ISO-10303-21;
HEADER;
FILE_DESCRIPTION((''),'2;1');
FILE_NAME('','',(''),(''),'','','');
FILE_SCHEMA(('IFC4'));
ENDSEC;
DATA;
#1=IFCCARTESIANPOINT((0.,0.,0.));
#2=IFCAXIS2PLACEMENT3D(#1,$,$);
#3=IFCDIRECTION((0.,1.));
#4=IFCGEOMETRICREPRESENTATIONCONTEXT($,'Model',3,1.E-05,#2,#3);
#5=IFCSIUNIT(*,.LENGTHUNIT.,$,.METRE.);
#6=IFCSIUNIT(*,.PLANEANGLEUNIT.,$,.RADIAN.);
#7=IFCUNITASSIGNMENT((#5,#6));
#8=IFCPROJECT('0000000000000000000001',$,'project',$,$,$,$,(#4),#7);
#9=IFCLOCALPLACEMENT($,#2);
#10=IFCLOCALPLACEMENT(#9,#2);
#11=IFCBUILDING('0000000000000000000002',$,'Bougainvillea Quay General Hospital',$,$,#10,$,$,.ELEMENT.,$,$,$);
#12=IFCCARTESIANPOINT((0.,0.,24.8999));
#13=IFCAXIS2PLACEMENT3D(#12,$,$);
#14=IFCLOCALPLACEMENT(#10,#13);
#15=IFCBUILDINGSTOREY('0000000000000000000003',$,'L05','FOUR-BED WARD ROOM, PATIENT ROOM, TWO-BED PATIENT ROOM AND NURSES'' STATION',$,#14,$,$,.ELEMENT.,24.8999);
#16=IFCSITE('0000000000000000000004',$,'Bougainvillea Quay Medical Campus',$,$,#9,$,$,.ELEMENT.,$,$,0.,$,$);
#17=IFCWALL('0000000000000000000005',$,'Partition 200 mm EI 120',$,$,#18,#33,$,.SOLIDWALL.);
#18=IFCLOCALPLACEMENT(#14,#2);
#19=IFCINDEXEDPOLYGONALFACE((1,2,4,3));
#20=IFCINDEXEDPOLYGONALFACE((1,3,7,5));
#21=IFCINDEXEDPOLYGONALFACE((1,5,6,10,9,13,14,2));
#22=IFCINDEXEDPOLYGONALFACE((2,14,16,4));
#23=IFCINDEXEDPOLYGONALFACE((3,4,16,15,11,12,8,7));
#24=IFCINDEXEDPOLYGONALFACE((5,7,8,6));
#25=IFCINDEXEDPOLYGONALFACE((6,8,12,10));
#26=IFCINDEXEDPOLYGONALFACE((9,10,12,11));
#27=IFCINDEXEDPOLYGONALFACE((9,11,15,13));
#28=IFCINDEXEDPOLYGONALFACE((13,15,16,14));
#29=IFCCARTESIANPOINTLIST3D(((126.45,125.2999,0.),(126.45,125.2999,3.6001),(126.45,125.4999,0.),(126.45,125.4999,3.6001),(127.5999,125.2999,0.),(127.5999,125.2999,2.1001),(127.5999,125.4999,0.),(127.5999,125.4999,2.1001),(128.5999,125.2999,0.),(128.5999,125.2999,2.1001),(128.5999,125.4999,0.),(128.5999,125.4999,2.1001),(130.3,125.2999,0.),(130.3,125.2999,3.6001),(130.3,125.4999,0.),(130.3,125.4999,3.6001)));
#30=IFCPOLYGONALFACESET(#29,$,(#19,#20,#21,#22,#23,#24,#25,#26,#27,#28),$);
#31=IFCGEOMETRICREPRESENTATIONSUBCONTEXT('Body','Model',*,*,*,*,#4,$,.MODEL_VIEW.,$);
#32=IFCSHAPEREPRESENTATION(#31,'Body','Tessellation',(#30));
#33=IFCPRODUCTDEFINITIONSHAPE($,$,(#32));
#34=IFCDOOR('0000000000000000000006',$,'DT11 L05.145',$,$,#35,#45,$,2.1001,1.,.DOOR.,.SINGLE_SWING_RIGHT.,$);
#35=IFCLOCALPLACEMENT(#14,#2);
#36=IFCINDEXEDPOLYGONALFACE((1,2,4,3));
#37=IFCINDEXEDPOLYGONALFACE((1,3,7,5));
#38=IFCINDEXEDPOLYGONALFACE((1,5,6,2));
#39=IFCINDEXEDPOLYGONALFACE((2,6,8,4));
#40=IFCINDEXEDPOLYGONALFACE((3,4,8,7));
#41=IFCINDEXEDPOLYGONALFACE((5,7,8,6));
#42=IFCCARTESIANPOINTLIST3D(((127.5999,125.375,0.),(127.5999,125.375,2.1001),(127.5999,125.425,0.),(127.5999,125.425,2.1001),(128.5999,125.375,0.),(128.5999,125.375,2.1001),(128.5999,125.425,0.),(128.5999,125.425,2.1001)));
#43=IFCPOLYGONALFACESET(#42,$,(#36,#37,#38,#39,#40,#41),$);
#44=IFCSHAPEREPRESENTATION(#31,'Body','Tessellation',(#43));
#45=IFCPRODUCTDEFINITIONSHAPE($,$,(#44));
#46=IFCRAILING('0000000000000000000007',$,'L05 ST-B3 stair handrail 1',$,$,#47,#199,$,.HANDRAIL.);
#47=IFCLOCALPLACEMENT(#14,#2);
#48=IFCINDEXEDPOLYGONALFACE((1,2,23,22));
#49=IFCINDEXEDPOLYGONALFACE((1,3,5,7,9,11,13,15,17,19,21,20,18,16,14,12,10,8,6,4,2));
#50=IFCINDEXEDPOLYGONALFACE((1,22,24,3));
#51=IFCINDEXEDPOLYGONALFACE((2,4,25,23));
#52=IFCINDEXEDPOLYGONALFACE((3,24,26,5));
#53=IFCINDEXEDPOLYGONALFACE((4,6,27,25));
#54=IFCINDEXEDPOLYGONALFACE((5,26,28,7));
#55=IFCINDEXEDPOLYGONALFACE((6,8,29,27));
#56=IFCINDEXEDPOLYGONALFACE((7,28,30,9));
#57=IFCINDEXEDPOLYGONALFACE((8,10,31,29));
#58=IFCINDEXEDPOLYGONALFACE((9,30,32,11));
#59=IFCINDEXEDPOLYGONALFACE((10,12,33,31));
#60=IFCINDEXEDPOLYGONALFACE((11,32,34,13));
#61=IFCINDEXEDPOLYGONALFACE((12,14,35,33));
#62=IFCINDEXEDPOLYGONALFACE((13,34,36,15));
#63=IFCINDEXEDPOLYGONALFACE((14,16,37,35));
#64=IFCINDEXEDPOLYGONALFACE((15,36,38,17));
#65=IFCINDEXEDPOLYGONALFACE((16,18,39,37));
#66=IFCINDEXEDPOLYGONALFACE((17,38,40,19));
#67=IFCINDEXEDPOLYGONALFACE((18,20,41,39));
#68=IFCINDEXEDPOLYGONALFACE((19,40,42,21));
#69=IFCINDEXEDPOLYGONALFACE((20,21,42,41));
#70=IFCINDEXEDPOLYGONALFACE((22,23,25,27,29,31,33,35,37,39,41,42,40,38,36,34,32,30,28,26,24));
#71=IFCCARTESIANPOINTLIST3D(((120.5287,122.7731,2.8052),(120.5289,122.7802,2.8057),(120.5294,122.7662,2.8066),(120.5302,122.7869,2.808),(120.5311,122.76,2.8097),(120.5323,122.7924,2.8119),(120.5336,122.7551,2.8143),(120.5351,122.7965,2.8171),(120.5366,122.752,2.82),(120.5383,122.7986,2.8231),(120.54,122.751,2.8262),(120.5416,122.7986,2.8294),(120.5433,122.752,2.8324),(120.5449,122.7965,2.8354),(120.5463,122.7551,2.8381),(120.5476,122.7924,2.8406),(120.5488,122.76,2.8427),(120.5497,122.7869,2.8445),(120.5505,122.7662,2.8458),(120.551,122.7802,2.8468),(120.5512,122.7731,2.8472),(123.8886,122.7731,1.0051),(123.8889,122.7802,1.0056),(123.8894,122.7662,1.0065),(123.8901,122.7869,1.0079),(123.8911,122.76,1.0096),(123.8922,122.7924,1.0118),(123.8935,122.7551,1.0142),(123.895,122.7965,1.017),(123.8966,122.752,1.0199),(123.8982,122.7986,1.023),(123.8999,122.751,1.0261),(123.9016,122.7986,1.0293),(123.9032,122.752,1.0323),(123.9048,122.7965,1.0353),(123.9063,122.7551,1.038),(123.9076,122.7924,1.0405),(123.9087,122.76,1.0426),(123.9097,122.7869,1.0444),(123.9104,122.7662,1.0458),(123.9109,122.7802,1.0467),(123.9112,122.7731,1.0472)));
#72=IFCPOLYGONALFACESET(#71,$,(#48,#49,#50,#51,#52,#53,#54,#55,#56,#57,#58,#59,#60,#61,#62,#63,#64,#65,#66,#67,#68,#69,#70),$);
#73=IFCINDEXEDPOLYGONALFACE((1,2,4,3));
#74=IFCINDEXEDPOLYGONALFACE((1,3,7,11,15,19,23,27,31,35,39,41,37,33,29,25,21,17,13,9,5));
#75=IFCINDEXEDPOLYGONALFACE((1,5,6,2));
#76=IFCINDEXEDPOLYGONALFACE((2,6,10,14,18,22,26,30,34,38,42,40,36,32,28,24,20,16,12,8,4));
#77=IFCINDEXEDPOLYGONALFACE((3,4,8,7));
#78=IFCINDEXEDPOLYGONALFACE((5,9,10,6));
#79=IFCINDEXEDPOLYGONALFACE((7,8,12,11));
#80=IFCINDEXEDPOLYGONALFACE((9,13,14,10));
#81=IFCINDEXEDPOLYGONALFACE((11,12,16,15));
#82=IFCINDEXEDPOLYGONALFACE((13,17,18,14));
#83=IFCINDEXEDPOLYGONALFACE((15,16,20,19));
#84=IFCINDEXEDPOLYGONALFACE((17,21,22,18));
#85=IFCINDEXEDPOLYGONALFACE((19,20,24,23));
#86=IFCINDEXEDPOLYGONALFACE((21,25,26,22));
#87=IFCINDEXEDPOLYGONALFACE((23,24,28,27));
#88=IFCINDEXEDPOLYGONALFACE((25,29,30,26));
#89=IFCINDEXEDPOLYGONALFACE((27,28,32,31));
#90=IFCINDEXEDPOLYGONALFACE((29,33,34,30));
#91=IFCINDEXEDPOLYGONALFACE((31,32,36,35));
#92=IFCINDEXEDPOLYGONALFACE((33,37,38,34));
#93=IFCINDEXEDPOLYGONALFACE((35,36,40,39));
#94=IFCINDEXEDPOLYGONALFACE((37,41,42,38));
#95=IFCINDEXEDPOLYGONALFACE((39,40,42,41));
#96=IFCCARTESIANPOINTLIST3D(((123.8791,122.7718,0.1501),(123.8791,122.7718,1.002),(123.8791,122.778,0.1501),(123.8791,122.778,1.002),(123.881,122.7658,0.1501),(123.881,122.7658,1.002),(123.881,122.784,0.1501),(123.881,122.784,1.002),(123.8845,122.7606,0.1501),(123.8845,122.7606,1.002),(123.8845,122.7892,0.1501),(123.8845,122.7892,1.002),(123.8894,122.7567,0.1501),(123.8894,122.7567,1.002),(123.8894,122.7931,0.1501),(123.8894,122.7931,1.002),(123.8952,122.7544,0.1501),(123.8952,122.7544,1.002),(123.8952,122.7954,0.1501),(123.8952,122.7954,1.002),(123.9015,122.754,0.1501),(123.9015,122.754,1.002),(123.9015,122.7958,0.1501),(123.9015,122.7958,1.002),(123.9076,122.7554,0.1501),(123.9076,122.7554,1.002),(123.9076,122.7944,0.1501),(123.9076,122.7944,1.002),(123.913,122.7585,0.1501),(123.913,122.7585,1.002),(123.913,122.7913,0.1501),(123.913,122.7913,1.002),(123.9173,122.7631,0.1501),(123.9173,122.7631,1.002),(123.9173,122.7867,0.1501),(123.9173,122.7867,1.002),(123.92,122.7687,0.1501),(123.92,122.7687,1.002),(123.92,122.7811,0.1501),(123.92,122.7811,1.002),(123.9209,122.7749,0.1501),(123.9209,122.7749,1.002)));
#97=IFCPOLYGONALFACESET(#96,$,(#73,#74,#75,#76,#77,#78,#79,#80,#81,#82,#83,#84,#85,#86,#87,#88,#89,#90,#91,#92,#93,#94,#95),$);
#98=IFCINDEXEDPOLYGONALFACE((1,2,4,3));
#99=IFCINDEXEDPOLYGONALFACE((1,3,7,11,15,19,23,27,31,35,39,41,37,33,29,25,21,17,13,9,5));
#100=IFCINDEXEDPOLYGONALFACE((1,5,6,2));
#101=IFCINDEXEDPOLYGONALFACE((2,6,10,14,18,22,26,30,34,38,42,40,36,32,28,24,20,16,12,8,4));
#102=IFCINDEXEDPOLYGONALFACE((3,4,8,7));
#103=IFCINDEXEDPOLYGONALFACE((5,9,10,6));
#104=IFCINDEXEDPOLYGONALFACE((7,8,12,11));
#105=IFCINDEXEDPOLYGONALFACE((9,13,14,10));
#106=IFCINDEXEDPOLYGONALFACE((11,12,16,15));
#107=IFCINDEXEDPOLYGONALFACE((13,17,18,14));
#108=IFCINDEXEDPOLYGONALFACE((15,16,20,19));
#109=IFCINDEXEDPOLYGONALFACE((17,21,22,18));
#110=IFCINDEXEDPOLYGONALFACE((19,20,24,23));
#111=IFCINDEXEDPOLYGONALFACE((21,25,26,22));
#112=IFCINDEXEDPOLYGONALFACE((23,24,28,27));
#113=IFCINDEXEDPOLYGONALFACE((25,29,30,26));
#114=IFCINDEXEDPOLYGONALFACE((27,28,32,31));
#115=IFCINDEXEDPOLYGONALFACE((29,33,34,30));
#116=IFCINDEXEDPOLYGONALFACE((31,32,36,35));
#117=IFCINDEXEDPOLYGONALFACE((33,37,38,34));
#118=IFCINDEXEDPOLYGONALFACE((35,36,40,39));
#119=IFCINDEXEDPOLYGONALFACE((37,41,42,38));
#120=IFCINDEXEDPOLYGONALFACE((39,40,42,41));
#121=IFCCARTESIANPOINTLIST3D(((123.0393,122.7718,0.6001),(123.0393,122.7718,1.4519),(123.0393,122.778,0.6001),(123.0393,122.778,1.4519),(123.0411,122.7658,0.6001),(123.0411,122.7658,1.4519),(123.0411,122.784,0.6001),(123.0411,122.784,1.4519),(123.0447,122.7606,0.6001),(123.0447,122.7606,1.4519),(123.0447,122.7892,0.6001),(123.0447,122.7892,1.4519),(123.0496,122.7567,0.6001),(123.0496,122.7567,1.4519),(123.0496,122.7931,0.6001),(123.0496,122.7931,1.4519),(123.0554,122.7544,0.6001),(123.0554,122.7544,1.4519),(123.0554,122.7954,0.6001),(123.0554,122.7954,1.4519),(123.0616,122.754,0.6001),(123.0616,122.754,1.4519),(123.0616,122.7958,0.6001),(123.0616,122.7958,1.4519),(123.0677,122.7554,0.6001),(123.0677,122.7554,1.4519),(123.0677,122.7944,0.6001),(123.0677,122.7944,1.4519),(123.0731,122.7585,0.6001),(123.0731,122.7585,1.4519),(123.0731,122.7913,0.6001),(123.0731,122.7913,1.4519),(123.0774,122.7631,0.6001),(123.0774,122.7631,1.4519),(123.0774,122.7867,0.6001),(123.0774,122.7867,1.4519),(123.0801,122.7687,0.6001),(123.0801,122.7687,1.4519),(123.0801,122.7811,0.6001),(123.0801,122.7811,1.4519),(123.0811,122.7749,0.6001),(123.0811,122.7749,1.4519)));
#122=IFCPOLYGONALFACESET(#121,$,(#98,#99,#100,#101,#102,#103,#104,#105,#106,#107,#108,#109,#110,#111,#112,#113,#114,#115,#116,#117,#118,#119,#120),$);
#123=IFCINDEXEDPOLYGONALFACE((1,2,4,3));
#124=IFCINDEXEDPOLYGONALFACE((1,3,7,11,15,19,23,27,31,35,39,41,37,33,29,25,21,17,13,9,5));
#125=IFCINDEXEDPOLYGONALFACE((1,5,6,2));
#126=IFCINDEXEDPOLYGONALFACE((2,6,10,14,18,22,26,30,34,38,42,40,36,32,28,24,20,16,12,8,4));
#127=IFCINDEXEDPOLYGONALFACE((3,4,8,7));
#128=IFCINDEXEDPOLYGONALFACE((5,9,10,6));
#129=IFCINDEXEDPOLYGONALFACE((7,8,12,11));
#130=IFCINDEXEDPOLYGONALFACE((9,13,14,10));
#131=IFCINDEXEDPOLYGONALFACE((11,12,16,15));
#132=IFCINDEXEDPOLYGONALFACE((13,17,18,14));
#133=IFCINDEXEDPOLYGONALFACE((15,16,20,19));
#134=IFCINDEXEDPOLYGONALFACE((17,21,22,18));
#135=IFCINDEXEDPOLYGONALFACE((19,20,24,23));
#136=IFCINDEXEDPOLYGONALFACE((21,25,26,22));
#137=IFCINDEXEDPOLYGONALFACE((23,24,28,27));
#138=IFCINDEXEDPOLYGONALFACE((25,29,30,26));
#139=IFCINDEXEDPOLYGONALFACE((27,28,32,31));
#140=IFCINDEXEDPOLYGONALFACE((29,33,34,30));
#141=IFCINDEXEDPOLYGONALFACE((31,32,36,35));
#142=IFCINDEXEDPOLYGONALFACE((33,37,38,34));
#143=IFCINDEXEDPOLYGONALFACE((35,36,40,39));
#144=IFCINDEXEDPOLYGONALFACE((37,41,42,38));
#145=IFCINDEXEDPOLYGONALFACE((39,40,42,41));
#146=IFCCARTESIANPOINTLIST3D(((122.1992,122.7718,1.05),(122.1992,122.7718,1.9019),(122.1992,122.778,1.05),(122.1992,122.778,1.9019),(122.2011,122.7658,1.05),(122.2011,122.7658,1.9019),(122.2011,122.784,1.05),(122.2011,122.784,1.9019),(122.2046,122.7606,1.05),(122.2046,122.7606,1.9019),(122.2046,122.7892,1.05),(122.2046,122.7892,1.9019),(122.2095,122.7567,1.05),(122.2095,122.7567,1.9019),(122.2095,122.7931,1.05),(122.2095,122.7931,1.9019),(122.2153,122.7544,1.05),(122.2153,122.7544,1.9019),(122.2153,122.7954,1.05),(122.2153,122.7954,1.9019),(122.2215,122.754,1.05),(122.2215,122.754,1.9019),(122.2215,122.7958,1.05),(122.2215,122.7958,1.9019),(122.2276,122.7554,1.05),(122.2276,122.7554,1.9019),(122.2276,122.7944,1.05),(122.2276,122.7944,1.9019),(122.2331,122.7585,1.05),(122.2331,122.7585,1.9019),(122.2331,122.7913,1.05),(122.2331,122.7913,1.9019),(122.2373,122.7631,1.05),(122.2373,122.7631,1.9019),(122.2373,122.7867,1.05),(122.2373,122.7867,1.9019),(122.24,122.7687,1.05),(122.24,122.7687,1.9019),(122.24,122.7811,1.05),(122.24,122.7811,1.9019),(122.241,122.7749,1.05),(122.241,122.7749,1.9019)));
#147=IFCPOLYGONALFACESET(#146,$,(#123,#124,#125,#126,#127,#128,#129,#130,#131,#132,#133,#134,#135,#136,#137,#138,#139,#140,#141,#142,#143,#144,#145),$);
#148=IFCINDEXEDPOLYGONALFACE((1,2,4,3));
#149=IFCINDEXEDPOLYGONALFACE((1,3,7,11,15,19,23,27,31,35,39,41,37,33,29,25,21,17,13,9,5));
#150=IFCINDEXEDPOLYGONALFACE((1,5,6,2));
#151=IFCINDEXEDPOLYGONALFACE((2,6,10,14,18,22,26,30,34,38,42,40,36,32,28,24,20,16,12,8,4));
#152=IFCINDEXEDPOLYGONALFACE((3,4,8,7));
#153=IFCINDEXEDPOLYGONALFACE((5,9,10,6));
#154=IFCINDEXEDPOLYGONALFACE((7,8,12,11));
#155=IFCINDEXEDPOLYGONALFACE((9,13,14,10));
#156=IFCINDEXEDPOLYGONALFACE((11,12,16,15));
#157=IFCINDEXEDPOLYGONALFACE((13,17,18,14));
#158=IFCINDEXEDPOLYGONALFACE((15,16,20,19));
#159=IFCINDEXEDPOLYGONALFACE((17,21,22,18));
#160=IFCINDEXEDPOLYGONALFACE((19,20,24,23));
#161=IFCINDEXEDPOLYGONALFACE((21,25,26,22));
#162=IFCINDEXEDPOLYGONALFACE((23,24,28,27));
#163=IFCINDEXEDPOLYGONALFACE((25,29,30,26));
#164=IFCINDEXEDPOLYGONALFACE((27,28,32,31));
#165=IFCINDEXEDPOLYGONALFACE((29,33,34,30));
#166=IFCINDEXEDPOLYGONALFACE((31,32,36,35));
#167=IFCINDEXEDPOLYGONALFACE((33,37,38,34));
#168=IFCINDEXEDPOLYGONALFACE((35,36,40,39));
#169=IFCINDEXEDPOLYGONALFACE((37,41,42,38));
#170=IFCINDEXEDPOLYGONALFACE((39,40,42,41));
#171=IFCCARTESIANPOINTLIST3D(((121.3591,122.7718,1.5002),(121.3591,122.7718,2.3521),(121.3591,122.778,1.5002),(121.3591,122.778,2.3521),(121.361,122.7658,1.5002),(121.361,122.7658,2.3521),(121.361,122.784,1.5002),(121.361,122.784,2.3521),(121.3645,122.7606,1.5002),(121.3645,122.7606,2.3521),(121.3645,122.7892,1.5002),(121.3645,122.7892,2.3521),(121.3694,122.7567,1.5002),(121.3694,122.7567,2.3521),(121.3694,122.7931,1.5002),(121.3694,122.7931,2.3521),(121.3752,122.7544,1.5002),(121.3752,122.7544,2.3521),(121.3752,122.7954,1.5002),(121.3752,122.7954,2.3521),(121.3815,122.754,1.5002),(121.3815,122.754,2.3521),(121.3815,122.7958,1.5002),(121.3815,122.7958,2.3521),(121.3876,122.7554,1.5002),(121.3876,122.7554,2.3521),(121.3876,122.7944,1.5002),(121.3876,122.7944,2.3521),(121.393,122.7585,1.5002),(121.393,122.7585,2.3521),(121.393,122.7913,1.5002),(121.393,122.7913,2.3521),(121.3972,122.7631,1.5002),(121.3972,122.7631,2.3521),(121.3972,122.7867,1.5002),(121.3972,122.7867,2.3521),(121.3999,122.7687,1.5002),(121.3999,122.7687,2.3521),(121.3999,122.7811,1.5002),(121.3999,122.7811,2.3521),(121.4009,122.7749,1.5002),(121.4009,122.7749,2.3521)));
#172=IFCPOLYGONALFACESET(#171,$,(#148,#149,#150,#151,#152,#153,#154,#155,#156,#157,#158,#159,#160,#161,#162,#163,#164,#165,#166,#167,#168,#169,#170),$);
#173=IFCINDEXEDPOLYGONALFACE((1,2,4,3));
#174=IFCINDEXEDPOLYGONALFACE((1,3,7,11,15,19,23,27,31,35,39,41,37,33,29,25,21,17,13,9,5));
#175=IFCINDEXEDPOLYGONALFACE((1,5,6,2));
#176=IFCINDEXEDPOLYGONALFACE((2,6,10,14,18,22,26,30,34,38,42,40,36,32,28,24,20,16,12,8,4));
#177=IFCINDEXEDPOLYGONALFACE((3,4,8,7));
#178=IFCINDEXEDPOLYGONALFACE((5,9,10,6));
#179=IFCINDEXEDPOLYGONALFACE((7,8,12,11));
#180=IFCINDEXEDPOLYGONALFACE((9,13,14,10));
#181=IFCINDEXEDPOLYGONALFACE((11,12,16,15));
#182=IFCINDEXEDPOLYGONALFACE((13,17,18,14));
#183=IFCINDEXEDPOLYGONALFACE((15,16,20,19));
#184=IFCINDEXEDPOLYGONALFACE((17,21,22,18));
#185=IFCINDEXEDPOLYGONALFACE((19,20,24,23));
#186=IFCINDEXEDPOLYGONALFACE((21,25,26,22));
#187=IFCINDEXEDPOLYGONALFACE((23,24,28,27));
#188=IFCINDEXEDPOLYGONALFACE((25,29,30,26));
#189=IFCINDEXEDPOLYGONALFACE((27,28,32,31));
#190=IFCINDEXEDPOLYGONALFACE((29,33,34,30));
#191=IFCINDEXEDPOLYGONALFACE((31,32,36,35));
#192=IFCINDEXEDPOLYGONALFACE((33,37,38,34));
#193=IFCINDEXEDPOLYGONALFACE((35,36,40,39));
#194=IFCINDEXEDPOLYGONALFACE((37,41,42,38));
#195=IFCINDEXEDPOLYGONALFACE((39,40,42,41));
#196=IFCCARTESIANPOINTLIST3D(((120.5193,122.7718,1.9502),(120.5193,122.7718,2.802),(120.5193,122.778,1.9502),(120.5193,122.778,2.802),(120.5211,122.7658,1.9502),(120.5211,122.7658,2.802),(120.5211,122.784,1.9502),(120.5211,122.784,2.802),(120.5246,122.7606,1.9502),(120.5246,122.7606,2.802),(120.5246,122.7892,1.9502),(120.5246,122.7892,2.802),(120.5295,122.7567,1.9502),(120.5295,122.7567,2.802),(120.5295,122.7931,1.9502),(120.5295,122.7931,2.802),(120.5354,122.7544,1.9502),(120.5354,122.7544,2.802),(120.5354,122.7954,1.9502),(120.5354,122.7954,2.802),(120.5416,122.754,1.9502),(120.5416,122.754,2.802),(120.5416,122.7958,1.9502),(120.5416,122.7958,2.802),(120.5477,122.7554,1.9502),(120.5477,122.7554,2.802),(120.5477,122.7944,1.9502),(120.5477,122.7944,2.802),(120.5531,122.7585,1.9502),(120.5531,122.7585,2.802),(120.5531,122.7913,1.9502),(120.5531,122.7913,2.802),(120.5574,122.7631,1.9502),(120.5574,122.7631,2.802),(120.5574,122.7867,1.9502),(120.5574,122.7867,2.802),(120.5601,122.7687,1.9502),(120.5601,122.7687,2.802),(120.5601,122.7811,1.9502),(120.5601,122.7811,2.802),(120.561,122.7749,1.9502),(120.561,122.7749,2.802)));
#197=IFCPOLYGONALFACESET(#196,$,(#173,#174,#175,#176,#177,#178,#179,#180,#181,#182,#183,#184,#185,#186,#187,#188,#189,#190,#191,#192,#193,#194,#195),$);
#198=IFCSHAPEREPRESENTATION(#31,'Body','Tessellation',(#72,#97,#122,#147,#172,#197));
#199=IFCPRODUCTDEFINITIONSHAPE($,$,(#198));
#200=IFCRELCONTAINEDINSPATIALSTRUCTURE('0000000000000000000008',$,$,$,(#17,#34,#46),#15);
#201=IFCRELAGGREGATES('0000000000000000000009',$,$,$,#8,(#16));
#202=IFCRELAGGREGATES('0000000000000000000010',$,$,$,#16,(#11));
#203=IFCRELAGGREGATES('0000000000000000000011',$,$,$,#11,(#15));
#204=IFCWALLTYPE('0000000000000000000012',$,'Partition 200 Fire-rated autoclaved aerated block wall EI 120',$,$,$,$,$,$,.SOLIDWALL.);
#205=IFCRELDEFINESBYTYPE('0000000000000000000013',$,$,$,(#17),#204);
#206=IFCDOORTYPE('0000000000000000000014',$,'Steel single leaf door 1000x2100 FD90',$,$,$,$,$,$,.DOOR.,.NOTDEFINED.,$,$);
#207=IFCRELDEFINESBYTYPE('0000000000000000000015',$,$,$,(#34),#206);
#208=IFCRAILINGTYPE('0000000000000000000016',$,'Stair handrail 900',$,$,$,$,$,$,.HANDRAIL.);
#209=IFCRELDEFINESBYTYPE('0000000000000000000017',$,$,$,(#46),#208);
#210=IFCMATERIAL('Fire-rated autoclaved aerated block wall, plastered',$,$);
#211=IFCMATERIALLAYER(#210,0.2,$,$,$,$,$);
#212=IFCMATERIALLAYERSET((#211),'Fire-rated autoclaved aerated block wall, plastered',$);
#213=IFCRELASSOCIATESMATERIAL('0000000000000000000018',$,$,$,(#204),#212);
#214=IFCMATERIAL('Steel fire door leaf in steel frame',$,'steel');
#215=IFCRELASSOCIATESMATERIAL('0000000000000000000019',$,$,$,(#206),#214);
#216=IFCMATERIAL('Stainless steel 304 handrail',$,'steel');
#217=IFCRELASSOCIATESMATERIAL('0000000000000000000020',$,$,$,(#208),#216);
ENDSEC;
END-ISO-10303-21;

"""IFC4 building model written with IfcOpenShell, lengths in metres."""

from ifc_helpers import new_model, si_unit, direction, frame, frame_2d, origin, origin_2d, place, context, subcontext, project, spatial, rectangle, circle, extrude, material, layer, layer_set, type_object, element, fill, save


model = new_model("IFC4")

# Units and contexts
model_context = context("Model", 3, precision=1e-05, world=origin(), true_north=direction((0.0, 1.0)))
body_context = subcontext(model_context, "Body", "Model", "MODEL_VIEW")
ifc_project = project(units=[si_unit("LENGTHUNIT", "METRE"), si_unit("PLANEANGLEUNIT", "RADIAN")], contexts=[model_context])

# Site, building, storey
site_placement = place(None, origin())
site = spatial("IfcSite", under=ifc_project, at=site_placement, Name="Bougainvillea Quay Medical Campus", CompositionType="ELEMENT", RefElevation=0.0)
building_placement = place(site_placement, origin())
building = spatial("IfcBuilding", under=site, at=building_placement, Name="Bougainvillea Quay General Hospital", CompositionType="ELEMENT")
storey_placement = place(building_placement, frame((0.0, 0.0, 24.8999)))
storey = spatial("IfcBuildingStorey", under=building, at=storey_placement, Name="L05", Description="FOUR-BED WARD ROOM, PATIENT ROOM, TWO-BED PATIENT ROOM AND NURSES' STATION", CompositionType="ELEMENT", Elevation=24.8999)

# Shared definitions
ifc_material_1 = material(Name="Fire-rated autoclaved aerated block wall, plastered")
ifc_layer_1 = layer(ifc_material_1, 0.2)
ifc_layer_set_1 = layer_set([ifc_layer_1], Name="Fire-rated autoclaved aerated block wall, plastered")
wall_type_1 = type_object("IfcWallType", Name="Partition 200 Fire-rated autoclaved aerated block wall EI 120", PredefinedType="SOLIDWALL", material=ifc_layer_set_1)

# Wall, opening, door
wall_1_placement = place(storey_placement, frame((126.45, 125.3999, 0.0), z_axis=(0.0, 0.0, 1.0), x_axis=(1.0, 0.0, 0.0)))
wall_1 = element("IfcWall", 1, at=wall_1_placement, inside=storey, type_object=wall_type_1, Name="Partition 200 mm EI 120", PredefinedType="SOLIDWALL", context=body_context, shape_type="SweptSolid", body=[
    extrude(rectangle(XDim=3.8501, YDim=0.2, at=frame_2d((1.925, 0.0))), origin(), (0.0, 0.0, 1.0), 3.6001),
])
opening_1_placement = place(wall_1_placement, frame((1.1499, 0.0, 0.0)))
opening_1 = element("IfcOpeningElement", 2, at=opening_1_placement, cuts=wall_1, PredefinedType="OPENING", context=body_context, shape_type="SweptSolid", body=[
    extrude(rectangle(XDim=1.0, YDim=2.1001, at=frame_2d((0.5, 1.05))), frame((0.0, 0.1099, 0.0), z_axis=(0.0, -1.0, 0.0), x_axis=(1.0, 0.0, 0.0)), (0.0, 0.0, 1.0), 0.22),
])
ifc_material_2 = material(Name="Steel fire door leaf in steel frame", Category="steel")
door_type_1 = type_object("IfcDoorType", Name="Steel single leaf door 1000x2100 FD90", OperationType="NOTDEFINED", PredefinedType="DOOR", material=ifc_material_2)
door_1_placement = place(opening_1_placement, frame((1.0, 0.0, 0.0), z_axis=(0.0, 0.0, 1.0), x_axis=(-1.0, 0.0, 0.0)))
door_1 = element("IfcDoor", 3, at=door_1_placement, inside=storey, type_object=door_type_1, Name="DT11 L05.145", OperationType="SINGLE_SWING_RIGHT", OverallHeight=2.1001, OverallWidth=1.0, PredefinedType="DOOR", context=body_context, shape_type="SweptSolid", body=[
    extrude(rectangle(XDim=1.0, YDim=2.1001, at=frame_2d((0.5, 1.05))), frame((0.0, 0.0249, 0.0), z_axis=(0.0, -1.0, 0.0), x_axis=(1.0, 0.0, 0.0)), (0.0, 0.0, 1.0), 0.05),
])
fill(opening_1, door_1)

# Railing
ifc_material_3 = material(Name="Stainless steel 304 handrail", Category="steel")
railing_type = type_object("IfcRailingType", Name="Stair handrail 900", PredefinedType="HANDRAIL", material=ifc_material_3)
railing_placement = place(storey_placement, frame((123.8999, 122.7749, 0.1501)))
element("IfcRailing", 4, at=railing_placement, inside=storey, type_object=railing_type, Name="L05 ST-B3 stair handrail 1", PredefinedType="HANDRAIL", context=body_context, shape_type="SweptSolid", body=[
    extrude(circle(Radius=0.0239, at=origin_2d()), frame((0.0, 0.0, 0.876), z_axis=(-0.881467, 0.0, 0.472246), x_axis=(0.0, -1.0, 0.0)), (0.0, 0.0, 1.0), 3.8118),
    extrude(circle(Radius=0.021, at=origin_2d()), origin(), (0.0, 0.0, 1.0), 0.8518),
    extrude(circle(Radius=0.021, at=origin_2d()), frame((-0.8398, 0.0, 0.45)), (0.0, 0.0, 1.0), 0.8518),
    extrude(circle(Radius=0.021, at=origin_2d()), frame((-1.6799, 0.0, 0.8999)), (0.0, 0.0, 1.0), 0.8518),
    extrude(circle(Radius=0.021, at=origin_2d()), frame((-2.52, 0.0, 1.3501)), (0.0, 0.0, 1.0), 0.8518),
    extrude(circle(Radius=0.021, at=origin_2d()), frame((-3.3599, 0.0, 1.8)), (0.0, 0.0, 1.0), 0.8518),
])

save(model, "model.ifc")
